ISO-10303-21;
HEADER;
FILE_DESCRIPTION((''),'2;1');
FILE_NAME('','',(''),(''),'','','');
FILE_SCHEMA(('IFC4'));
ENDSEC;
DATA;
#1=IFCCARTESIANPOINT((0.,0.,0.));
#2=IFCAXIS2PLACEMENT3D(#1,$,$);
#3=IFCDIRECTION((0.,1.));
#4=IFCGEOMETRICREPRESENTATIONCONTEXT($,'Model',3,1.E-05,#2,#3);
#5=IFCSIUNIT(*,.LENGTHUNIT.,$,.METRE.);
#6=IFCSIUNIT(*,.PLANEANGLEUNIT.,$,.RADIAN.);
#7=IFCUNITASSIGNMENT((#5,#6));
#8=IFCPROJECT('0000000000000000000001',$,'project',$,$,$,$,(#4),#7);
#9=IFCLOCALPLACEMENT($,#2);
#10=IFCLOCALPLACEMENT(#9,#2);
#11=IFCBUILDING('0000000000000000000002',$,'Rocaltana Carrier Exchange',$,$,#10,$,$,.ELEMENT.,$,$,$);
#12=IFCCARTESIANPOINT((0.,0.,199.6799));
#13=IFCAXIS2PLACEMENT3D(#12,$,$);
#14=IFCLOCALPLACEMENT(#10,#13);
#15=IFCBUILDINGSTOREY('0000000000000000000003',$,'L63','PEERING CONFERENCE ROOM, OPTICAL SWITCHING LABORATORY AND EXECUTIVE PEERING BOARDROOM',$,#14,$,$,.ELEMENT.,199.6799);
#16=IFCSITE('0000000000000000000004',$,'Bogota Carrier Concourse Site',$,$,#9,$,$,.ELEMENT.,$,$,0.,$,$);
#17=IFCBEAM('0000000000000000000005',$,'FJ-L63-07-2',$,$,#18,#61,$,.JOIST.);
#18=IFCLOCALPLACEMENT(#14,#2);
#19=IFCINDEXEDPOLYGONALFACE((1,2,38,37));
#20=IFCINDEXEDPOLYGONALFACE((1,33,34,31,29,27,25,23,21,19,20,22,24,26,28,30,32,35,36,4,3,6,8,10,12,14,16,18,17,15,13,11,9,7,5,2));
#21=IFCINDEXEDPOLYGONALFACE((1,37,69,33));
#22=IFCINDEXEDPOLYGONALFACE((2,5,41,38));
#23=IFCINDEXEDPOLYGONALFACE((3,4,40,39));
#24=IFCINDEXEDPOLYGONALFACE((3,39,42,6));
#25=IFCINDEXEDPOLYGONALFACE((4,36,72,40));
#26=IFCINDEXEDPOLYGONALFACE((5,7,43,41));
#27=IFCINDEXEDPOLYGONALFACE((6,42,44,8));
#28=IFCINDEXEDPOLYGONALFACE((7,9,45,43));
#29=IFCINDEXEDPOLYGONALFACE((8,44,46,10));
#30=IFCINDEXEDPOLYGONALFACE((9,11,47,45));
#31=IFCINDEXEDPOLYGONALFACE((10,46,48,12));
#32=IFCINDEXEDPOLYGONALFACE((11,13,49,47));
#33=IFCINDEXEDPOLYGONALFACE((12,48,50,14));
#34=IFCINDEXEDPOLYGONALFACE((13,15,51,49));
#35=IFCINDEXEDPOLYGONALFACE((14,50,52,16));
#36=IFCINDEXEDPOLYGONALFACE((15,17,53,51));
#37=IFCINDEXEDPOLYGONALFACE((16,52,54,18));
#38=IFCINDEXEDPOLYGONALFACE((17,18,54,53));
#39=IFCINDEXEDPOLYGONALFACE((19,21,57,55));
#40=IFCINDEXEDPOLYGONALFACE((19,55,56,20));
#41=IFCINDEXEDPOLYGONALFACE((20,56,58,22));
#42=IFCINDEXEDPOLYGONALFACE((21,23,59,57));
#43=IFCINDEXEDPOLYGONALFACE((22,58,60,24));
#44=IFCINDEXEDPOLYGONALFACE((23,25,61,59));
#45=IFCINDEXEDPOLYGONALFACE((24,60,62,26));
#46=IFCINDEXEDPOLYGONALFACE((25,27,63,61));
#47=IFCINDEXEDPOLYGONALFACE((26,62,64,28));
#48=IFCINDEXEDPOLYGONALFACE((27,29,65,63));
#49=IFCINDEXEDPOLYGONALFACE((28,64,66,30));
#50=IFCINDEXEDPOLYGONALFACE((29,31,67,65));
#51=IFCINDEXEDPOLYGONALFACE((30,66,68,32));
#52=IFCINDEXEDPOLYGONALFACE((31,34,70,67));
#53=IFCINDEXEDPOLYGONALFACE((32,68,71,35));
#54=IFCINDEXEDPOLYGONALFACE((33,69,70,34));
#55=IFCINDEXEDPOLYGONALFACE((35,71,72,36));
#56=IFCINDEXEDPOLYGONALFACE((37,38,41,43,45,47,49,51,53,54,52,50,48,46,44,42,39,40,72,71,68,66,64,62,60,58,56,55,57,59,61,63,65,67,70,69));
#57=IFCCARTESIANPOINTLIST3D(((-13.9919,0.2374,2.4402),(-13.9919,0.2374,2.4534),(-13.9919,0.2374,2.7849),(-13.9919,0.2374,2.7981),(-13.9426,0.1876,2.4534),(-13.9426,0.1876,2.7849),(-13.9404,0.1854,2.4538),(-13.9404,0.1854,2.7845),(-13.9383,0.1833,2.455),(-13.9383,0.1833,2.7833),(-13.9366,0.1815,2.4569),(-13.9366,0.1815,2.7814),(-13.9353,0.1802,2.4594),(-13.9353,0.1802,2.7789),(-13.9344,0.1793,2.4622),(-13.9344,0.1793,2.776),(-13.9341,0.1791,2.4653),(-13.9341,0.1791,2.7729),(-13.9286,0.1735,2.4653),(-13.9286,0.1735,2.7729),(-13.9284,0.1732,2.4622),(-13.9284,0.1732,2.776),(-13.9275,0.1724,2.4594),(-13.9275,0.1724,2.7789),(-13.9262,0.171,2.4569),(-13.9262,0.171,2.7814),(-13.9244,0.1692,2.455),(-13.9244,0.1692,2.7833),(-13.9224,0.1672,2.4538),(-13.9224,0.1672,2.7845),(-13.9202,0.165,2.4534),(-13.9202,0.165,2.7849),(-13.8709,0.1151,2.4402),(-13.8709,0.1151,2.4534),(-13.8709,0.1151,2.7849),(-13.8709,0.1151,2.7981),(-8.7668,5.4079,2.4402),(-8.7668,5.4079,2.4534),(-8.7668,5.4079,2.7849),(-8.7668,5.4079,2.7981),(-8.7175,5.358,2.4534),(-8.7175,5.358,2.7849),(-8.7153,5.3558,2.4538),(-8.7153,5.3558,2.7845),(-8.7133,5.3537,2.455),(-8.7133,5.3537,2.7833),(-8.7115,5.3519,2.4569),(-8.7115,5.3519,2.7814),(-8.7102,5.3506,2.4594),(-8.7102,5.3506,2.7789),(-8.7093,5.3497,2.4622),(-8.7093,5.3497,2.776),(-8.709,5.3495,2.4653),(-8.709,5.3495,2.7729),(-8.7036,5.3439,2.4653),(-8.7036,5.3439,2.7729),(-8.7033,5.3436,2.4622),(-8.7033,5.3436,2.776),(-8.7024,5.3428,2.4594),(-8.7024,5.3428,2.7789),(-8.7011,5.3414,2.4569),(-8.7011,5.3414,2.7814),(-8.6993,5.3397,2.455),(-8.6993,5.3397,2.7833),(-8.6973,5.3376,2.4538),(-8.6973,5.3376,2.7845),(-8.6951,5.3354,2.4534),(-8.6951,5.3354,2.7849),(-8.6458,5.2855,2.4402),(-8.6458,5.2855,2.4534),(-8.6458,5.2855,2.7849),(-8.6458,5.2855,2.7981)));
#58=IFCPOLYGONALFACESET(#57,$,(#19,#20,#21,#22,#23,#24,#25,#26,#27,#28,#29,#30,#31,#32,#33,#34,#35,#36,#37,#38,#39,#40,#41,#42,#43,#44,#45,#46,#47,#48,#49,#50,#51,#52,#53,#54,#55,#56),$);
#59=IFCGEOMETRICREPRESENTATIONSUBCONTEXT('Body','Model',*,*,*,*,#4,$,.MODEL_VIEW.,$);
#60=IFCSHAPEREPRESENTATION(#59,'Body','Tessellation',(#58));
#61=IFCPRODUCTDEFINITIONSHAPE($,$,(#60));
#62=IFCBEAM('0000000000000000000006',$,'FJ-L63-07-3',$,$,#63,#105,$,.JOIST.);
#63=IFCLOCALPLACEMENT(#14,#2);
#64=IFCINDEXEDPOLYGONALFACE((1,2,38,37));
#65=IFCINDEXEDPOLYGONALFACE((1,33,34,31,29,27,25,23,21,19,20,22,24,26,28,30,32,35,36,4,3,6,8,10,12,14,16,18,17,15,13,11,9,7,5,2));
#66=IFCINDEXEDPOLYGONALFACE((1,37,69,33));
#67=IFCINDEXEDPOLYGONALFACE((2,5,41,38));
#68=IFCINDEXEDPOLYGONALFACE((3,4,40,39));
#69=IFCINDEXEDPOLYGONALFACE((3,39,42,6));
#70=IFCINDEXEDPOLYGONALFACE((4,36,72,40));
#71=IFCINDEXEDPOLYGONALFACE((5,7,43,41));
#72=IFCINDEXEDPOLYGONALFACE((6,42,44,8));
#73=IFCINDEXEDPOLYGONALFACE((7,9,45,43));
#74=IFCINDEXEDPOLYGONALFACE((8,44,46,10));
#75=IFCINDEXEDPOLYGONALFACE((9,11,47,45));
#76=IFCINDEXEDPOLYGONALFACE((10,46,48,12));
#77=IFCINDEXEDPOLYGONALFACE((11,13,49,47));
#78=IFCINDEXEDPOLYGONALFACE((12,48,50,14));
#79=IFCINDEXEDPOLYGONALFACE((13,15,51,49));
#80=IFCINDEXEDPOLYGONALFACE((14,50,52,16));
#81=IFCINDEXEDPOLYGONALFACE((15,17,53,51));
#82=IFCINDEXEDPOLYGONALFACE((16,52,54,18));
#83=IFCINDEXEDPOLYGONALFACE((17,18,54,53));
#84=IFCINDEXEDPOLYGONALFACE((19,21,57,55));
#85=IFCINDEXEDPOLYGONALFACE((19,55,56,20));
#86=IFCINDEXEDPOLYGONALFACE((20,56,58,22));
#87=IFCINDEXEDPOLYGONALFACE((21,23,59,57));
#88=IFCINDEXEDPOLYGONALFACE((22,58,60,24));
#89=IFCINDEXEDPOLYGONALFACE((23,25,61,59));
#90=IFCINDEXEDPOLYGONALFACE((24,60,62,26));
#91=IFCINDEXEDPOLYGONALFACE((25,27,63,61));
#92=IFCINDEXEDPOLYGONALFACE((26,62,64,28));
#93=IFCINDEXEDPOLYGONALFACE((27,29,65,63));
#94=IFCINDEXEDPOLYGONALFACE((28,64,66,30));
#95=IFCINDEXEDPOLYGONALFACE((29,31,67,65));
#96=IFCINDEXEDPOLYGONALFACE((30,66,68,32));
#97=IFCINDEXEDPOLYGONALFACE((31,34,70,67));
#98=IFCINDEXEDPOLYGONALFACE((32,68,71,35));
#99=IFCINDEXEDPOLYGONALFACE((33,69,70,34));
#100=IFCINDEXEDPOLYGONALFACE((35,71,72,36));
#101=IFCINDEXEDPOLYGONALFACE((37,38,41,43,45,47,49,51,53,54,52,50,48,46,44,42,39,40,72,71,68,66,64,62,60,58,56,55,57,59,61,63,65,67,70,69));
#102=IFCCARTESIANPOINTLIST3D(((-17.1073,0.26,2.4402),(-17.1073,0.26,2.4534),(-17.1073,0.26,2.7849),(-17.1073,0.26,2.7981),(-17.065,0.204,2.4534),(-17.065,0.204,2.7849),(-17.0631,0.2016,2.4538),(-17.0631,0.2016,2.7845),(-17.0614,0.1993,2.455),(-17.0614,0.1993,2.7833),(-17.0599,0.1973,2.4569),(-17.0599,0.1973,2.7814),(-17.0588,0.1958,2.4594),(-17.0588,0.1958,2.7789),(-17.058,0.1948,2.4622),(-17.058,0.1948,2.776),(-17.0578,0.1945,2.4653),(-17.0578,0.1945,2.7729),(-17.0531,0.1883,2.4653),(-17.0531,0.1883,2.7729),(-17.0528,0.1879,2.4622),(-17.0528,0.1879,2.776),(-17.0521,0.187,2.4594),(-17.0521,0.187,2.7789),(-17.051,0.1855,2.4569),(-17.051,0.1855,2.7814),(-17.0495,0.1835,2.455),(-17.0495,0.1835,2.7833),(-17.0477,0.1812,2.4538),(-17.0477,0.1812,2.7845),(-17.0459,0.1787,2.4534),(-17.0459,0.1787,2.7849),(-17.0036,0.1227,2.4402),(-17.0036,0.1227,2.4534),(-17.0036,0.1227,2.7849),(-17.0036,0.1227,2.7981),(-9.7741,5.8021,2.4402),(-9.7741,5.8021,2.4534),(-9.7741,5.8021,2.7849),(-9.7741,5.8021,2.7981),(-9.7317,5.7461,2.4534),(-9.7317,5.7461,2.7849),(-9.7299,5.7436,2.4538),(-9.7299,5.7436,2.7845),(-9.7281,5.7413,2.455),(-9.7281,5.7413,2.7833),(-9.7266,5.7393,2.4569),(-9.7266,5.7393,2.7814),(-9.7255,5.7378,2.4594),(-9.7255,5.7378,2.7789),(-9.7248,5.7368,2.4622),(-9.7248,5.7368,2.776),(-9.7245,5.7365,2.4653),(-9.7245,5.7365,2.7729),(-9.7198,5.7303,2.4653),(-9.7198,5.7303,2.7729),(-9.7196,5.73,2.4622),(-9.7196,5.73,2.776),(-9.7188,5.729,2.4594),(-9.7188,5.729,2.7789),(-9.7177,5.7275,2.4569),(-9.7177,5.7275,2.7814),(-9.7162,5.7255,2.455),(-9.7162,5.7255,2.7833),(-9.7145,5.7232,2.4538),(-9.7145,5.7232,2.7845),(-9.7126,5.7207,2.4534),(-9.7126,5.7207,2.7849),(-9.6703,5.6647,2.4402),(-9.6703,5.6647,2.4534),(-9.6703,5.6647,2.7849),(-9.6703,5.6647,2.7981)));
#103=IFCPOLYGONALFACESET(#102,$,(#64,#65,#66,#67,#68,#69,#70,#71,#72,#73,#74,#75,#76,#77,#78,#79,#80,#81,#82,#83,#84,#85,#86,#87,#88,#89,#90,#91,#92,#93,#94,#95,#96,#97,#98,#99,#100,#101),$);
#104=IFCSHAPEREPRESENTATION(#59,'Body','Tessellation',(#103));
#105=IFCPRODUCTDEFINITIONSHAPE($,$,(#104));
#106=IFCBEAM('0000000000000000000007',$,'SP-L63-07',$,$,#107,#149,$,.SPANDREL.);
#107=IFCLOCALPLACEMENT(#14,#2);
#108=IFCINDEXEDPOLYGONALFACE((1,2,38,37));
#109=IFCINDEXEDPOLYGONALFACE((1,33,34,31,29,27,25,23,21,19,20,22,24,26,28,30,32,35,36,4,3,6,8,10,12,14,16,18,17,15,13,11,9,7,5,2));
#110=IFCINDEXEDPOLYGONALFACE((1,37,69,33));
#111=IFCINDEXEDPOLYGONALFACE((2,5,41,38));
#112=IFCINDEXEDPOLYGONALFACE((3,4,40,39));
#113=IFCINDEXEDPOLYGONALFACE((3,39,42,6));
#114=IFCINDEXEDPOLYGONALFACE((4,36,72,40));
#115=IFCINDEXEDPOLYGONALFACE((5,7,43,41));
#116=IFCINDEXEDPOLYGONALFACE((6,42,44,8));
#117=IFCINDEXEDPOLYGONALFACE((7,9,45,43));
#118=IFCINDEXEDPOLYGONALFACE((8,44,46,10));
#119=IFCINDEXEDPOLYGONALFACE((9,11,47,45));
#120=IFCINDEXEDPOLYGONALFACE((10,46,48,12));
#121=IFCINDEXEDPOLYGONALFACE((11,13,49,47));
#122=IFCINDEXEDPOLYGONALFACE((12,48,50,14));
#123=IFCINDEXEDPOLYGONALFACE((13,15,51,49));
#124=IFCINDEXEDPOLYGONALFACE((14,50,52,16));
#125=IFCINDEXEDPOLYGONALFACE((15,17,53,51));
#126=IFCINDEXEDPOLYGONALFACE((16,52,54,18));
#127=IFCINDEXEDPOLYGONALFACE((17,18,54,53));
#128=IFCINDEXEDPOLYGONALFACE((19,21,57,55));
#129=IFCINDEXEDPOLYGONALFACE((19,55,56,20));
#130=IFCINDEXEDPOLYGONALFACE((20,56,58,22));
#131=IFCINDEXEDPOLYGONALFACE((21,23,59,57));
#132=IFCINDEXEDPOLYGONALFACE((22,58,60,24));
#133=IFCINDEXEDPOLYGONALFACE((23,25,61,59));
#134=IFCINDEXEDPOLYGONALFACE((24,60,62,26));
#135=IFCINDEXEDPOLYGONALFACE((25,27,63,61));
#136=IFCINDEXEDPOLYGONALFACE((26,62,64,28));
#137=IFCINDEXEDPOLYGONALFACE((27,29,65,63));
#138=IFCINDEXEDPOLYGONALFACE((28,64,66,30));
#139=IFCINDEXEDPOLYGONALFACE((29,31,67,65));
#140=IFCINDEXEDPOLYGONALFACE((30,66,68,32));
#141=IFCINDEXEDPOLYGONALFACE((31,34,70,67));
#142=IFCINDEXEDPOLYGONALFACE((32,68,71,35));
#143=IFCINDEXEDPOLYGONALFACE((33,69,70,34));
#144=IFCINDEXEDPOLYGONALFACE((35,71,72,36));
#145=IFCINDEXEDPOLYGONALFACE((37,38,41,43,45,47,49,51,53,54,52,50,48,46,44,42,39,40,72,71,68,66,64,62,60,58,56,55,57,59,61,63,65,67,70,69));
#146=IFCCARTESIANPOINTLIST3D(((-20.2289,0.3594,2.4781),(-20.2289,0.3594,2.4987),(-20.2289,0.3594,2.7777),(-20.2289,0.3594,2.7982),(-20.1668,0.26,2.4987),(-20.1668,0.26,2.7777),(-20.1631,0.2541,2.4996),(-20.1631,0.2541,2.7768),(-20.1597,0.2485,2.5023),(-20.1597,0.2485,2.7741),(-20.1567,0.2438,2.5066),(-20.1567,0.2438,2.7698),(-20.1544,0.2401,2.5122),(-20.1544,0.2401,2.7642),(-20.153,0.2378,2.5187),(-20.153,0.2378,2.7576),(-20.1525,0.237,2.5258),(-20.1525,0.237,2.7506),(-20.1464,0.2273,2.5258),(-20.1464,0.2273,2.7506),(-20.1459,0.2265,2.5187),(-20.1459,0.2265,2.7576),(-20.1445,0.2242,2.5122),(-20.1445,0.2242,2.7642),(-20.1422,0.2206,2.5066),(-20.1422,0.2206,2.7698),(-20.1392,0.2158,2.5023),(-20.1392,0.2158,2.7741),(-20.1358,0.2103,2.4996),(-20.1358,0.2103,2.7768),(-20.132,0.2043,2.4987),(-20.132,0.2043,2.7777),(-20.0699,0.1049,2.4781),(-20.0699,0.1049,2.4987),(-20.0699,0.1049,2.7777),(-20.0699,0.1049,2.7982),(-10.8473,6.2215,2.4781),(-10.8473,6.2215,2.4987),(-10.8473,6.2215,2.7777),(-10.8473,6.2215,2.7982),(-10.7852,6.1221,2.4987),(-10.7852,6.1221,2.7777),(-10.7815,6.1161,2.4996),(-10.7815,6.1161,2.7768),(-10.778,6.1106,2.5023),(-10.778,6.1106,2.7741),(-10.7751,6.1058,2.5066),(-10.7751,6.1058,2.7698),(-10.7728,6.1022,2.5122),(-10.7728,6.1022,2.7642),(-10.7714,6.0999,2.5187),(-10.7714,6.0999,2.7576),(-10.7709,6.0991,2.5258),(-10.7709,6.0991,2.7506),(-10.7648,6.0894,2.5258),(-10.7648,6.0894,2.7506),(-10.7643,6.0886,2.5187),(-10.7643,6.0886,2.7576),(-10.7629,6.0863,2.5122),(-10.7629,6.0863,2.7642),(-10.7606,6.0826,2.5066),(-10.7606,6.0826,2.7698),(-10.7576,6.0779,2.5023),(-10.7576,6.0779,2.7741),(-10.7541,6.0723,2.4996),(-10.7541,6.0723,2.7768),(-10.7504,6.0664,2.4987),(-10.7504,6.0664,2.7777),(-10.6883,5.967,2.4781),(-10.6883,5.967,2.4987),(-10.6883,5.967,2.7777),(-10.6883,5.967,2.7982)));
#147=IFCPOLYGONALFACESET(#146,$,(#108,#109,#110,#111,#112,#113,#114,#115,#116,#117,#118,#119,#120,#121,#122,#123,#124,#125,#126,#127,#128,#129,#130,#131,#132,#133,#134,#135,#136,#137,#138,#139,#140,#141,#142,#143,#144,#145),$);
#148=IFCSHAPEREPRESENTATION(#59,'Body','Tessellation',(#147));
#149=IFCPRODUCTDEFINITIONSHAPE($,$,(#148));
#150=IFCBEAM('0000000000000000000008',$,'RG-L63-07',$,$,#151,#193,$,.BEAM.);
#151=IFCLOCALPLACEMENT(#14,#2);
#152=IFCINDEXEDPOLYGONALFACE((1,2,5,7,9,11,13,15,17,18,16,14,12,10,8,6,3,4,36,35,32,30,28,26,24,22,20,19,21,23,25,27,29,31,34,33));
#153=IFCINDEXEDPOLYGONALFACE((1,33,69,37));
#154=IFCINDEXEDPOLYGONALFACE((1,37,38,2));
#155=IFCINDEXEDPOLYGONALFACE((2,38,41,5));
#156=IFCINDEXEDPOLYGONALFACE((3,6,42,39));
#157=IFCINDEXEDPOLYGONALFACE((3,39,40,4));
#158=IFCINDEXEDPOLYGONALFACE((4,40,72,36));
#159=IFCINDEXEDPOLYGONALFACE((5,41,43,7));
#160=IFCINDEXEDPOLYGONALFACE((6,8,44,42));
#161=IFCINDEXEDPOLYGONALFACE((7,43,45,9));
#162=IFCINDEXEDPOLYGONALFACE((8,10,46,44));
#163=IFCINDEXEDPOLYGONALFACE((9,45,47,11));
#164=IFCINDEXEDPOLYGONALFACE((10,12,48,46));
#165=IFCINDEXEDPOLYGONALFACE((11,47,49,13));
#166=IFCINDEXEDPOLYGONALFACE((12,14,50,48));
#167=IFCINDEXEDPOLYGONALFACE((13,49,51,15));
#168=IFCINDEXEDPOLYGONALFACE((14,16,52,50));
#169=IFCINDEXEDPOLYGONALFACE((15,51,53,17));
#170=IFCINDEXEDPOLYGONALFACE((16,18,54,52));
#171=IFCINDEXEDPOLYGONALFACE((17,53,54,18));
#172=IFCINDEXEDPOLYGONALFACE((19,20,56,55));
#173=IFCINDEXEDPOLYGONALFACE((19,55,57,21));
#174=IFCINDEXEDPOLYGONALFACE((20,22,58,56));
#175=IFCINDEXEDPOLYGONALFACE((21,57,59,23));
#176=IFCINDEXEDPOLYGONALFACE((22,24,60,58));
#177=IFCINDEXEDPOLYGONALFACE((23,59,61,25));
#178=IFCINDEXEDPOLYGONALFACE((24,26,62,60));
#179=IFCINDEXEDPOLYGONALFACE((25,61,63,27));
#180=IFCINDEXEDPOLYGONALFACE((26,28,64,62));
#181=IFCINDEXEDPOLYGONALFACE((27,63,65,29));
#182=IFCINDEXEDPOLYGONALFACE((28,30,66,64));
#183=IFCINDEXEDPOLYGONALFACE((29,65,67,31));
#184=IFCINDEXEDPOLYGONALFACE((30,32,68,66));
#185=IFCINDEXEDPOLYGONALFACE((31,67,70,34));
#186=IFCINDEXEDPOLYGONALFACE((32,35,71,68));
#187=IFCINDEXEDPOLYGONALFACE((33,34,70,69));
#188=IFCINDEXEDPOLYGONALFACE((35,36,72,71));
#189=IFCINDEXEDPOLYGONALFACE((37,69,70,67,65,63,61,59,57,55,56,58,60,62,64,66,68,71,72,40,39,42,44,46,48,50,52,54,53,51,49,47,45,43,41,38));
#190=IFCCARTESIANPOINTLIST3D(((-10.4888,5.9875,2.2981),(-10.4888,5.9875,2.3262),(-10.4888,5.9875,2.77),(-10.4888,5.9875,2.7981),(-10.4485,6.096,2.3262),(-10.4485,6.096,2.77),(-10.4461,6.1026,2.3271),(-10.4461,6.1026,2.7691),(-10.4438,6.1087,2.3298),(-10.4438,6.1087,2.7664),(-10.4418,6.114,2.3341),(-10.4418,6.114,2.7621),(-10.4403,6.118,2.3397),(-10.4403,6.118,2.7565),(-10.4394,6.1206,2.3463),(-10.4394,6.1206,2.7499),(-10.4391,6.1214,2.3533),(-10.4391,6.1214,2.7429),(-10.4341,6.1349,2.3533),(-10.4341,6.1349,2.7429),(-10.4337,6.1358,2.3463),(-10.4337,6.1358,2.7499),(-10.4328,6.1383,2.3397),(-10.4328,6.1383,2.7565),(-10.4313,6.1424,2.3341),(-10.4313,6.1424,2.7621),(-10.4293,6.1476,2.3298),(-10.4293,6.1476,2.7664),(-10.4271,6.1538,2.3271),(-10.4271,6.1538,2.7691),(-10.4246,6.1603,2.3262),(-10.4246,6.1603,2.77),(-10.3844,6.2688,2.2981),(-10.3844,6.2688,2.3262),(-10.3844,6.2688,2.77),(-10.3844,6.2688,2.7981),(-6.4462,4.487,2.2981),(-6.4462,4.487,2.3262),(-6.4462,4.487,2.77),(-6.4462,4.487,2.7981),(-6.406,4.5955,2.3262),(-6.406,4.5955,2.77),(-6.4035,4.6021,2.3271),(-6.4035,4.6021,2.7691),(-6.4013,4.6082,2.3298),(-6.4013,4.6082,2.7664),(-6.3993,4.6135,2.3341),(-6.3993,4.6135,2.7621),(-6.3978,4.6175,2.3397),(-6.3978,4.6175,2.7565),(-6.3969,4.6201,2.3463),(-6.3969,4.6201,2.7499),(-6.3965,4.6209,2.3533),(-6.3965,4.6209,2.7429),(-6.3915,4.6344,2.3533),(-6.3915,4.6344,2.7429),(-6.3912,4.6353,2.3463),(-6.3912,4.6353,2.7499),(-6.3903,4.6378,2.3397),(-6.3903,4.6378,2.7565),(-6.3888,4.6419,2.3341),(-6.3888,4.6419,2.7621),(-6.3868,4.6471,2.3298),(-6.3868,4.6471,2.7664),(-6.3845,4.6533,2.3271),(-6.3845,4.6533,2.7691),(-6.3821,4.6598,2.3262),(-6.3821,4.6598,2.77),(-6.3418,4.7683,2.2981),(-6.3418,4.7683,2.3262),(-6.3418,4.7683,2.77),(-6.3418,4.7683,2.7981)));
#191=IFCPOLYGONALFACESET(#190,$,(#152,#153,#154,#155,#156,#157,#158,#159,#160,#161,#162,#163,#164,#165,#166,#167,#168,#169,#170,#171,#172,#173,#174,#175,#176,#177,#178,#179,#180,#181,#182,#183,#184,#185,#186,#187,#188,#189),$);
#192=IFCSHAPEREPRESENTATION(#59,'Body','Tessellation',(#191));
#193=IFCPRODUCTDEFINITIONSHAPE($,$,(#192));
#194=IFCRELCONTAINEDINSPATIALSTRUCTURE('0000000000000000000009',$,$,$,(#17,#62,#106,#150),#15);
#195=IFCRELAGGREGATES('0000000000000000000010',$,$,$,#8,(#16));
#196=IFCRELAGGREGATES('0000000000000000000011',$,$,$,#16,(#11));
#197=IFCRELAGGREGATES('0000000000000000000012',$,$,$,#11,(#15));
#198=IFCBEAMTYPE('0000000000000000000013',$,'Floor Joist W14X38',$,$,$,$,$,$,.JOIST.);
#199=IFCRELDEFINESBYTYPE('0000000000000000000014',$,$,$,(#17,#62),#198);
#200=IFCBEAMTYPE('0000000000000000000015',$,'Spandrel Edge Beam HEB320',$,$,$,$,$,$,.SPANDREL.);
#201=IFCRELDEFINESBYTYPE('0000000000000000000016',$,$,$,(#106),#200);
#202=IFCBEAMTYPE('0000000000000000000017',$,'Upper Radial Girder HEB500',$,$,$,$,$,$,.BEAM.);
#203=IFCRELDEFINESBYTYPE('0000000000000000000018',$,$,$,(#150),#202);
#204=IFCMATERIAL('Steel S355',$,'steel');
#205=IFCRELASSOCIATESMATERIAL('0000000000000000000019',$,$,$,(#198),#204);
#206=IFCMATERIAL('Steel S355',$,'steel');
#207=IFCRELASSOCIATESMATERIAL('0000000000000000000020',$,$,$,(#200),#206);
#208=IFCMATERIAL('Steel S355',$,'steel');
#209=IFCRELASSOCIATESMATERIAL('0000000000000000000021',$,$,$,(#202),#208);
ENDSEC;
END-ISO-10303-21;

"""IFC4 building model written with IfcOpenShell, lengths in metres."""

from ifc_helpers import new_model, si_unit, direction, frame, origin, origin_2d, place, context, subcontext, project, spatial, i_section, extrude, material, material_profile, profile_set, type_object, element, save


model = new_model("IFC4")

# Units and contexts
model_context = context("Model", 3, precision=1e-05, world=origin(), true_north=direction((0.0, 1.0)))
body_context = subcontext(model_context, "Body", "Model", "MODEL_VIEW")
ifc_project = project(units=[si_unit("LENGTHUNIT", "METRE"), si_unit("PLANEANGLEUNIT", "RADIAN")], contexts=[model_context])

# Site, building, storey
site_placement = place(None, origin())
site = spatial("IfcSite", under=ifc_project, at=site_placement, Name="Bogota Carrier Concourse Site", CompositionType="ELEMENT", RefElevation=0.0)
building_placement = place(site_placement, origin())
building = spatial("IfcBuilding", under=site, at=building_placement, Name="Rocaltana Carrier Exchange", CompositionType="ELEMENT")
storey_placement = place(building_placement, frame((0.0, 0.0, 199.6799)))
storey = spatial("IfcBuildingStorey", under=building, at=storey_placement, Name="L63", Description="PEERING CONFERENCE ROOM, OPTICAL SWITCHING LABORATORY AND EXECUTIVE PEERING BOARDROOM", CompositionType="ELEMENT", Elevation=199.6799)

# Beams
ifc_material_1 = material(Name="Steel S355", Category="steel")
ifc_material_profile_1 = material_profile(ifc_material_1, i_section(OverallWidth=0.1721, OverallDepth=0.3579, WebThickness=0.0078, FlangeThickness=0.0132, FilletRadius=0.012, at=origin_2d()), Name="W14X38")
ifc_profile_set_1 = profile_set([ifc_material_profile_1], Name="Steel S355")
beam_type_1 = type_object("IfcBeamType", Name="Floor Joist W14X38", PredefinedType="JOIST", material=ifc_profile_set_1)
beam_1_placement = place(storey_placement, frame((-8.7063, 5.3467, 2.6191), z_axis=(-0.710817, -0.703377, 0.0), x_axis=(0.703377, -0.710817, 0.0)))
element("IfcBeam", 1, at=beam_1_placement, inside=storey, type_object=beam_type_1, Name="FJ-L63-07-2", PredefinedType="JOIST", context=body_context, shape_type="SweptSolid", body=[
    extrude(i_section(OverallWidth=0.1721, OverallDepth=0.3579, WebThickness=0.0078, FlangeThickness=0.0132, FilletRadius=0.012, at=origin_2d()), origin(), (0.0, 0.0, 1.0), 7.3508),
])
beam_2_placement = place(storey_placement, frame((-9.7222, 5.7334, 2.6191), z_axis=(-0.797799, -0.602924, 0.0), x_axis=(0.602924, -0.797799, 0.0)))
element("IfcBeam", 2, at=beam_2_placement, inside=storey, type_object=beam_type_1, Name="FJ-L63-07-3", PredefinedType="JOIST", context=body_context, shape_type="SweptSolid", body=[
    extrude(i_section(OverallWidth=0.1721, OverallDepth=0.3579, WebThickness=0.0078, FlangeThickness=0.0132, FilletRadius=0.012, at=origin_2d()), origin(), (0.0, 0.0, 1.0), 9.1919),
])
ifc_material_2 = material(Name="Steel S355", Category="steel")
ifc_material_profile_2 = material_profile(ifc_material_2, i_section(OverallWidth=0.3, OverallDepth=0.3201, WebThickness=0.0115, FlangeThickness=0.0205, FilletRadius=0.0271, at=origin_2d()), Name="HEB320")
ifc_profile_set_2 = profile_set([ifc_material_profile_2], Name="Steel S355")
beam_type_2 = type_object("IfcBeamType", Name="Spandrel Edge Beam HEB320", PredefinedType="SPANDREL", material=ifc_profile_set_2)
beam_3_placement = place(storey_placement, frame((-10.7678, 6.0942, 2.6382), z_axis=(-0.848057, -0.529906, 0.0), x_axis=(0.529906, -0.848057, 0.0)))
element("IfcBeam", 3, at=beam_3_placement, inside=storey, type_object=beam_type_2, Name="SP-L63-07", PredefinedType="SPANDREL", context=body_context, shape_type="SweptSolid", body=[
    extrude(i_section(OverallWidth=0.3, OverallDepth=0.3201, WebThickness=0.0115, FlangeThickness=0.0205, FilletRadius=0.0271, at=origin_2d()), origin(), (0.0, 0.0, 1.0), 11.0625),
])
ifc_material_3 = material(Name="Steel S355", Category="steel")
ifc_material_profile_3 = material_profile(ifc_material_3, i_section(OverallWidth=0.3, OverallDepth=0.5, WebThickness=0.0144, FlangeThickness=0.0281, FilletRadius=0.0271, at=origin_2d()), Name="HEB500")
ifc_profile_set_3 = profile_set([ifc_material_profile_3], Name="Steel S355")
beam_type_3 = type_object("IfcBeamType", Name="Upper Radial Girder HEB500", PredefinedType="BEAM", material=ifc_profile_set_3)
beam_4_placement = place(storey_placement, frame((-6.394, 4.6277, 2.5481), z_axis=(-0.937501, 0.347982, 0.0), x_axis=(-0.347982, -0.937501, 0.0)))
element("IfcBeam", 4, at=beam_4_placement, inside=storey, type_object=beam_type_3, Name="RG-L63-07", PredefinedType="BEAM", context=body_context, shape_type="SweptSolid", body=[
    extrude(i_section(OverallWidth=0.3, OverallDepth=0.5, WebThickness=0.0144, FlangeThickness=0.0281, FilletRadius=0.0271, at=origin_2d()), origin(), (0.0, 0.0, 1.0), 4.312),
])

save(model, "model.ifc")
